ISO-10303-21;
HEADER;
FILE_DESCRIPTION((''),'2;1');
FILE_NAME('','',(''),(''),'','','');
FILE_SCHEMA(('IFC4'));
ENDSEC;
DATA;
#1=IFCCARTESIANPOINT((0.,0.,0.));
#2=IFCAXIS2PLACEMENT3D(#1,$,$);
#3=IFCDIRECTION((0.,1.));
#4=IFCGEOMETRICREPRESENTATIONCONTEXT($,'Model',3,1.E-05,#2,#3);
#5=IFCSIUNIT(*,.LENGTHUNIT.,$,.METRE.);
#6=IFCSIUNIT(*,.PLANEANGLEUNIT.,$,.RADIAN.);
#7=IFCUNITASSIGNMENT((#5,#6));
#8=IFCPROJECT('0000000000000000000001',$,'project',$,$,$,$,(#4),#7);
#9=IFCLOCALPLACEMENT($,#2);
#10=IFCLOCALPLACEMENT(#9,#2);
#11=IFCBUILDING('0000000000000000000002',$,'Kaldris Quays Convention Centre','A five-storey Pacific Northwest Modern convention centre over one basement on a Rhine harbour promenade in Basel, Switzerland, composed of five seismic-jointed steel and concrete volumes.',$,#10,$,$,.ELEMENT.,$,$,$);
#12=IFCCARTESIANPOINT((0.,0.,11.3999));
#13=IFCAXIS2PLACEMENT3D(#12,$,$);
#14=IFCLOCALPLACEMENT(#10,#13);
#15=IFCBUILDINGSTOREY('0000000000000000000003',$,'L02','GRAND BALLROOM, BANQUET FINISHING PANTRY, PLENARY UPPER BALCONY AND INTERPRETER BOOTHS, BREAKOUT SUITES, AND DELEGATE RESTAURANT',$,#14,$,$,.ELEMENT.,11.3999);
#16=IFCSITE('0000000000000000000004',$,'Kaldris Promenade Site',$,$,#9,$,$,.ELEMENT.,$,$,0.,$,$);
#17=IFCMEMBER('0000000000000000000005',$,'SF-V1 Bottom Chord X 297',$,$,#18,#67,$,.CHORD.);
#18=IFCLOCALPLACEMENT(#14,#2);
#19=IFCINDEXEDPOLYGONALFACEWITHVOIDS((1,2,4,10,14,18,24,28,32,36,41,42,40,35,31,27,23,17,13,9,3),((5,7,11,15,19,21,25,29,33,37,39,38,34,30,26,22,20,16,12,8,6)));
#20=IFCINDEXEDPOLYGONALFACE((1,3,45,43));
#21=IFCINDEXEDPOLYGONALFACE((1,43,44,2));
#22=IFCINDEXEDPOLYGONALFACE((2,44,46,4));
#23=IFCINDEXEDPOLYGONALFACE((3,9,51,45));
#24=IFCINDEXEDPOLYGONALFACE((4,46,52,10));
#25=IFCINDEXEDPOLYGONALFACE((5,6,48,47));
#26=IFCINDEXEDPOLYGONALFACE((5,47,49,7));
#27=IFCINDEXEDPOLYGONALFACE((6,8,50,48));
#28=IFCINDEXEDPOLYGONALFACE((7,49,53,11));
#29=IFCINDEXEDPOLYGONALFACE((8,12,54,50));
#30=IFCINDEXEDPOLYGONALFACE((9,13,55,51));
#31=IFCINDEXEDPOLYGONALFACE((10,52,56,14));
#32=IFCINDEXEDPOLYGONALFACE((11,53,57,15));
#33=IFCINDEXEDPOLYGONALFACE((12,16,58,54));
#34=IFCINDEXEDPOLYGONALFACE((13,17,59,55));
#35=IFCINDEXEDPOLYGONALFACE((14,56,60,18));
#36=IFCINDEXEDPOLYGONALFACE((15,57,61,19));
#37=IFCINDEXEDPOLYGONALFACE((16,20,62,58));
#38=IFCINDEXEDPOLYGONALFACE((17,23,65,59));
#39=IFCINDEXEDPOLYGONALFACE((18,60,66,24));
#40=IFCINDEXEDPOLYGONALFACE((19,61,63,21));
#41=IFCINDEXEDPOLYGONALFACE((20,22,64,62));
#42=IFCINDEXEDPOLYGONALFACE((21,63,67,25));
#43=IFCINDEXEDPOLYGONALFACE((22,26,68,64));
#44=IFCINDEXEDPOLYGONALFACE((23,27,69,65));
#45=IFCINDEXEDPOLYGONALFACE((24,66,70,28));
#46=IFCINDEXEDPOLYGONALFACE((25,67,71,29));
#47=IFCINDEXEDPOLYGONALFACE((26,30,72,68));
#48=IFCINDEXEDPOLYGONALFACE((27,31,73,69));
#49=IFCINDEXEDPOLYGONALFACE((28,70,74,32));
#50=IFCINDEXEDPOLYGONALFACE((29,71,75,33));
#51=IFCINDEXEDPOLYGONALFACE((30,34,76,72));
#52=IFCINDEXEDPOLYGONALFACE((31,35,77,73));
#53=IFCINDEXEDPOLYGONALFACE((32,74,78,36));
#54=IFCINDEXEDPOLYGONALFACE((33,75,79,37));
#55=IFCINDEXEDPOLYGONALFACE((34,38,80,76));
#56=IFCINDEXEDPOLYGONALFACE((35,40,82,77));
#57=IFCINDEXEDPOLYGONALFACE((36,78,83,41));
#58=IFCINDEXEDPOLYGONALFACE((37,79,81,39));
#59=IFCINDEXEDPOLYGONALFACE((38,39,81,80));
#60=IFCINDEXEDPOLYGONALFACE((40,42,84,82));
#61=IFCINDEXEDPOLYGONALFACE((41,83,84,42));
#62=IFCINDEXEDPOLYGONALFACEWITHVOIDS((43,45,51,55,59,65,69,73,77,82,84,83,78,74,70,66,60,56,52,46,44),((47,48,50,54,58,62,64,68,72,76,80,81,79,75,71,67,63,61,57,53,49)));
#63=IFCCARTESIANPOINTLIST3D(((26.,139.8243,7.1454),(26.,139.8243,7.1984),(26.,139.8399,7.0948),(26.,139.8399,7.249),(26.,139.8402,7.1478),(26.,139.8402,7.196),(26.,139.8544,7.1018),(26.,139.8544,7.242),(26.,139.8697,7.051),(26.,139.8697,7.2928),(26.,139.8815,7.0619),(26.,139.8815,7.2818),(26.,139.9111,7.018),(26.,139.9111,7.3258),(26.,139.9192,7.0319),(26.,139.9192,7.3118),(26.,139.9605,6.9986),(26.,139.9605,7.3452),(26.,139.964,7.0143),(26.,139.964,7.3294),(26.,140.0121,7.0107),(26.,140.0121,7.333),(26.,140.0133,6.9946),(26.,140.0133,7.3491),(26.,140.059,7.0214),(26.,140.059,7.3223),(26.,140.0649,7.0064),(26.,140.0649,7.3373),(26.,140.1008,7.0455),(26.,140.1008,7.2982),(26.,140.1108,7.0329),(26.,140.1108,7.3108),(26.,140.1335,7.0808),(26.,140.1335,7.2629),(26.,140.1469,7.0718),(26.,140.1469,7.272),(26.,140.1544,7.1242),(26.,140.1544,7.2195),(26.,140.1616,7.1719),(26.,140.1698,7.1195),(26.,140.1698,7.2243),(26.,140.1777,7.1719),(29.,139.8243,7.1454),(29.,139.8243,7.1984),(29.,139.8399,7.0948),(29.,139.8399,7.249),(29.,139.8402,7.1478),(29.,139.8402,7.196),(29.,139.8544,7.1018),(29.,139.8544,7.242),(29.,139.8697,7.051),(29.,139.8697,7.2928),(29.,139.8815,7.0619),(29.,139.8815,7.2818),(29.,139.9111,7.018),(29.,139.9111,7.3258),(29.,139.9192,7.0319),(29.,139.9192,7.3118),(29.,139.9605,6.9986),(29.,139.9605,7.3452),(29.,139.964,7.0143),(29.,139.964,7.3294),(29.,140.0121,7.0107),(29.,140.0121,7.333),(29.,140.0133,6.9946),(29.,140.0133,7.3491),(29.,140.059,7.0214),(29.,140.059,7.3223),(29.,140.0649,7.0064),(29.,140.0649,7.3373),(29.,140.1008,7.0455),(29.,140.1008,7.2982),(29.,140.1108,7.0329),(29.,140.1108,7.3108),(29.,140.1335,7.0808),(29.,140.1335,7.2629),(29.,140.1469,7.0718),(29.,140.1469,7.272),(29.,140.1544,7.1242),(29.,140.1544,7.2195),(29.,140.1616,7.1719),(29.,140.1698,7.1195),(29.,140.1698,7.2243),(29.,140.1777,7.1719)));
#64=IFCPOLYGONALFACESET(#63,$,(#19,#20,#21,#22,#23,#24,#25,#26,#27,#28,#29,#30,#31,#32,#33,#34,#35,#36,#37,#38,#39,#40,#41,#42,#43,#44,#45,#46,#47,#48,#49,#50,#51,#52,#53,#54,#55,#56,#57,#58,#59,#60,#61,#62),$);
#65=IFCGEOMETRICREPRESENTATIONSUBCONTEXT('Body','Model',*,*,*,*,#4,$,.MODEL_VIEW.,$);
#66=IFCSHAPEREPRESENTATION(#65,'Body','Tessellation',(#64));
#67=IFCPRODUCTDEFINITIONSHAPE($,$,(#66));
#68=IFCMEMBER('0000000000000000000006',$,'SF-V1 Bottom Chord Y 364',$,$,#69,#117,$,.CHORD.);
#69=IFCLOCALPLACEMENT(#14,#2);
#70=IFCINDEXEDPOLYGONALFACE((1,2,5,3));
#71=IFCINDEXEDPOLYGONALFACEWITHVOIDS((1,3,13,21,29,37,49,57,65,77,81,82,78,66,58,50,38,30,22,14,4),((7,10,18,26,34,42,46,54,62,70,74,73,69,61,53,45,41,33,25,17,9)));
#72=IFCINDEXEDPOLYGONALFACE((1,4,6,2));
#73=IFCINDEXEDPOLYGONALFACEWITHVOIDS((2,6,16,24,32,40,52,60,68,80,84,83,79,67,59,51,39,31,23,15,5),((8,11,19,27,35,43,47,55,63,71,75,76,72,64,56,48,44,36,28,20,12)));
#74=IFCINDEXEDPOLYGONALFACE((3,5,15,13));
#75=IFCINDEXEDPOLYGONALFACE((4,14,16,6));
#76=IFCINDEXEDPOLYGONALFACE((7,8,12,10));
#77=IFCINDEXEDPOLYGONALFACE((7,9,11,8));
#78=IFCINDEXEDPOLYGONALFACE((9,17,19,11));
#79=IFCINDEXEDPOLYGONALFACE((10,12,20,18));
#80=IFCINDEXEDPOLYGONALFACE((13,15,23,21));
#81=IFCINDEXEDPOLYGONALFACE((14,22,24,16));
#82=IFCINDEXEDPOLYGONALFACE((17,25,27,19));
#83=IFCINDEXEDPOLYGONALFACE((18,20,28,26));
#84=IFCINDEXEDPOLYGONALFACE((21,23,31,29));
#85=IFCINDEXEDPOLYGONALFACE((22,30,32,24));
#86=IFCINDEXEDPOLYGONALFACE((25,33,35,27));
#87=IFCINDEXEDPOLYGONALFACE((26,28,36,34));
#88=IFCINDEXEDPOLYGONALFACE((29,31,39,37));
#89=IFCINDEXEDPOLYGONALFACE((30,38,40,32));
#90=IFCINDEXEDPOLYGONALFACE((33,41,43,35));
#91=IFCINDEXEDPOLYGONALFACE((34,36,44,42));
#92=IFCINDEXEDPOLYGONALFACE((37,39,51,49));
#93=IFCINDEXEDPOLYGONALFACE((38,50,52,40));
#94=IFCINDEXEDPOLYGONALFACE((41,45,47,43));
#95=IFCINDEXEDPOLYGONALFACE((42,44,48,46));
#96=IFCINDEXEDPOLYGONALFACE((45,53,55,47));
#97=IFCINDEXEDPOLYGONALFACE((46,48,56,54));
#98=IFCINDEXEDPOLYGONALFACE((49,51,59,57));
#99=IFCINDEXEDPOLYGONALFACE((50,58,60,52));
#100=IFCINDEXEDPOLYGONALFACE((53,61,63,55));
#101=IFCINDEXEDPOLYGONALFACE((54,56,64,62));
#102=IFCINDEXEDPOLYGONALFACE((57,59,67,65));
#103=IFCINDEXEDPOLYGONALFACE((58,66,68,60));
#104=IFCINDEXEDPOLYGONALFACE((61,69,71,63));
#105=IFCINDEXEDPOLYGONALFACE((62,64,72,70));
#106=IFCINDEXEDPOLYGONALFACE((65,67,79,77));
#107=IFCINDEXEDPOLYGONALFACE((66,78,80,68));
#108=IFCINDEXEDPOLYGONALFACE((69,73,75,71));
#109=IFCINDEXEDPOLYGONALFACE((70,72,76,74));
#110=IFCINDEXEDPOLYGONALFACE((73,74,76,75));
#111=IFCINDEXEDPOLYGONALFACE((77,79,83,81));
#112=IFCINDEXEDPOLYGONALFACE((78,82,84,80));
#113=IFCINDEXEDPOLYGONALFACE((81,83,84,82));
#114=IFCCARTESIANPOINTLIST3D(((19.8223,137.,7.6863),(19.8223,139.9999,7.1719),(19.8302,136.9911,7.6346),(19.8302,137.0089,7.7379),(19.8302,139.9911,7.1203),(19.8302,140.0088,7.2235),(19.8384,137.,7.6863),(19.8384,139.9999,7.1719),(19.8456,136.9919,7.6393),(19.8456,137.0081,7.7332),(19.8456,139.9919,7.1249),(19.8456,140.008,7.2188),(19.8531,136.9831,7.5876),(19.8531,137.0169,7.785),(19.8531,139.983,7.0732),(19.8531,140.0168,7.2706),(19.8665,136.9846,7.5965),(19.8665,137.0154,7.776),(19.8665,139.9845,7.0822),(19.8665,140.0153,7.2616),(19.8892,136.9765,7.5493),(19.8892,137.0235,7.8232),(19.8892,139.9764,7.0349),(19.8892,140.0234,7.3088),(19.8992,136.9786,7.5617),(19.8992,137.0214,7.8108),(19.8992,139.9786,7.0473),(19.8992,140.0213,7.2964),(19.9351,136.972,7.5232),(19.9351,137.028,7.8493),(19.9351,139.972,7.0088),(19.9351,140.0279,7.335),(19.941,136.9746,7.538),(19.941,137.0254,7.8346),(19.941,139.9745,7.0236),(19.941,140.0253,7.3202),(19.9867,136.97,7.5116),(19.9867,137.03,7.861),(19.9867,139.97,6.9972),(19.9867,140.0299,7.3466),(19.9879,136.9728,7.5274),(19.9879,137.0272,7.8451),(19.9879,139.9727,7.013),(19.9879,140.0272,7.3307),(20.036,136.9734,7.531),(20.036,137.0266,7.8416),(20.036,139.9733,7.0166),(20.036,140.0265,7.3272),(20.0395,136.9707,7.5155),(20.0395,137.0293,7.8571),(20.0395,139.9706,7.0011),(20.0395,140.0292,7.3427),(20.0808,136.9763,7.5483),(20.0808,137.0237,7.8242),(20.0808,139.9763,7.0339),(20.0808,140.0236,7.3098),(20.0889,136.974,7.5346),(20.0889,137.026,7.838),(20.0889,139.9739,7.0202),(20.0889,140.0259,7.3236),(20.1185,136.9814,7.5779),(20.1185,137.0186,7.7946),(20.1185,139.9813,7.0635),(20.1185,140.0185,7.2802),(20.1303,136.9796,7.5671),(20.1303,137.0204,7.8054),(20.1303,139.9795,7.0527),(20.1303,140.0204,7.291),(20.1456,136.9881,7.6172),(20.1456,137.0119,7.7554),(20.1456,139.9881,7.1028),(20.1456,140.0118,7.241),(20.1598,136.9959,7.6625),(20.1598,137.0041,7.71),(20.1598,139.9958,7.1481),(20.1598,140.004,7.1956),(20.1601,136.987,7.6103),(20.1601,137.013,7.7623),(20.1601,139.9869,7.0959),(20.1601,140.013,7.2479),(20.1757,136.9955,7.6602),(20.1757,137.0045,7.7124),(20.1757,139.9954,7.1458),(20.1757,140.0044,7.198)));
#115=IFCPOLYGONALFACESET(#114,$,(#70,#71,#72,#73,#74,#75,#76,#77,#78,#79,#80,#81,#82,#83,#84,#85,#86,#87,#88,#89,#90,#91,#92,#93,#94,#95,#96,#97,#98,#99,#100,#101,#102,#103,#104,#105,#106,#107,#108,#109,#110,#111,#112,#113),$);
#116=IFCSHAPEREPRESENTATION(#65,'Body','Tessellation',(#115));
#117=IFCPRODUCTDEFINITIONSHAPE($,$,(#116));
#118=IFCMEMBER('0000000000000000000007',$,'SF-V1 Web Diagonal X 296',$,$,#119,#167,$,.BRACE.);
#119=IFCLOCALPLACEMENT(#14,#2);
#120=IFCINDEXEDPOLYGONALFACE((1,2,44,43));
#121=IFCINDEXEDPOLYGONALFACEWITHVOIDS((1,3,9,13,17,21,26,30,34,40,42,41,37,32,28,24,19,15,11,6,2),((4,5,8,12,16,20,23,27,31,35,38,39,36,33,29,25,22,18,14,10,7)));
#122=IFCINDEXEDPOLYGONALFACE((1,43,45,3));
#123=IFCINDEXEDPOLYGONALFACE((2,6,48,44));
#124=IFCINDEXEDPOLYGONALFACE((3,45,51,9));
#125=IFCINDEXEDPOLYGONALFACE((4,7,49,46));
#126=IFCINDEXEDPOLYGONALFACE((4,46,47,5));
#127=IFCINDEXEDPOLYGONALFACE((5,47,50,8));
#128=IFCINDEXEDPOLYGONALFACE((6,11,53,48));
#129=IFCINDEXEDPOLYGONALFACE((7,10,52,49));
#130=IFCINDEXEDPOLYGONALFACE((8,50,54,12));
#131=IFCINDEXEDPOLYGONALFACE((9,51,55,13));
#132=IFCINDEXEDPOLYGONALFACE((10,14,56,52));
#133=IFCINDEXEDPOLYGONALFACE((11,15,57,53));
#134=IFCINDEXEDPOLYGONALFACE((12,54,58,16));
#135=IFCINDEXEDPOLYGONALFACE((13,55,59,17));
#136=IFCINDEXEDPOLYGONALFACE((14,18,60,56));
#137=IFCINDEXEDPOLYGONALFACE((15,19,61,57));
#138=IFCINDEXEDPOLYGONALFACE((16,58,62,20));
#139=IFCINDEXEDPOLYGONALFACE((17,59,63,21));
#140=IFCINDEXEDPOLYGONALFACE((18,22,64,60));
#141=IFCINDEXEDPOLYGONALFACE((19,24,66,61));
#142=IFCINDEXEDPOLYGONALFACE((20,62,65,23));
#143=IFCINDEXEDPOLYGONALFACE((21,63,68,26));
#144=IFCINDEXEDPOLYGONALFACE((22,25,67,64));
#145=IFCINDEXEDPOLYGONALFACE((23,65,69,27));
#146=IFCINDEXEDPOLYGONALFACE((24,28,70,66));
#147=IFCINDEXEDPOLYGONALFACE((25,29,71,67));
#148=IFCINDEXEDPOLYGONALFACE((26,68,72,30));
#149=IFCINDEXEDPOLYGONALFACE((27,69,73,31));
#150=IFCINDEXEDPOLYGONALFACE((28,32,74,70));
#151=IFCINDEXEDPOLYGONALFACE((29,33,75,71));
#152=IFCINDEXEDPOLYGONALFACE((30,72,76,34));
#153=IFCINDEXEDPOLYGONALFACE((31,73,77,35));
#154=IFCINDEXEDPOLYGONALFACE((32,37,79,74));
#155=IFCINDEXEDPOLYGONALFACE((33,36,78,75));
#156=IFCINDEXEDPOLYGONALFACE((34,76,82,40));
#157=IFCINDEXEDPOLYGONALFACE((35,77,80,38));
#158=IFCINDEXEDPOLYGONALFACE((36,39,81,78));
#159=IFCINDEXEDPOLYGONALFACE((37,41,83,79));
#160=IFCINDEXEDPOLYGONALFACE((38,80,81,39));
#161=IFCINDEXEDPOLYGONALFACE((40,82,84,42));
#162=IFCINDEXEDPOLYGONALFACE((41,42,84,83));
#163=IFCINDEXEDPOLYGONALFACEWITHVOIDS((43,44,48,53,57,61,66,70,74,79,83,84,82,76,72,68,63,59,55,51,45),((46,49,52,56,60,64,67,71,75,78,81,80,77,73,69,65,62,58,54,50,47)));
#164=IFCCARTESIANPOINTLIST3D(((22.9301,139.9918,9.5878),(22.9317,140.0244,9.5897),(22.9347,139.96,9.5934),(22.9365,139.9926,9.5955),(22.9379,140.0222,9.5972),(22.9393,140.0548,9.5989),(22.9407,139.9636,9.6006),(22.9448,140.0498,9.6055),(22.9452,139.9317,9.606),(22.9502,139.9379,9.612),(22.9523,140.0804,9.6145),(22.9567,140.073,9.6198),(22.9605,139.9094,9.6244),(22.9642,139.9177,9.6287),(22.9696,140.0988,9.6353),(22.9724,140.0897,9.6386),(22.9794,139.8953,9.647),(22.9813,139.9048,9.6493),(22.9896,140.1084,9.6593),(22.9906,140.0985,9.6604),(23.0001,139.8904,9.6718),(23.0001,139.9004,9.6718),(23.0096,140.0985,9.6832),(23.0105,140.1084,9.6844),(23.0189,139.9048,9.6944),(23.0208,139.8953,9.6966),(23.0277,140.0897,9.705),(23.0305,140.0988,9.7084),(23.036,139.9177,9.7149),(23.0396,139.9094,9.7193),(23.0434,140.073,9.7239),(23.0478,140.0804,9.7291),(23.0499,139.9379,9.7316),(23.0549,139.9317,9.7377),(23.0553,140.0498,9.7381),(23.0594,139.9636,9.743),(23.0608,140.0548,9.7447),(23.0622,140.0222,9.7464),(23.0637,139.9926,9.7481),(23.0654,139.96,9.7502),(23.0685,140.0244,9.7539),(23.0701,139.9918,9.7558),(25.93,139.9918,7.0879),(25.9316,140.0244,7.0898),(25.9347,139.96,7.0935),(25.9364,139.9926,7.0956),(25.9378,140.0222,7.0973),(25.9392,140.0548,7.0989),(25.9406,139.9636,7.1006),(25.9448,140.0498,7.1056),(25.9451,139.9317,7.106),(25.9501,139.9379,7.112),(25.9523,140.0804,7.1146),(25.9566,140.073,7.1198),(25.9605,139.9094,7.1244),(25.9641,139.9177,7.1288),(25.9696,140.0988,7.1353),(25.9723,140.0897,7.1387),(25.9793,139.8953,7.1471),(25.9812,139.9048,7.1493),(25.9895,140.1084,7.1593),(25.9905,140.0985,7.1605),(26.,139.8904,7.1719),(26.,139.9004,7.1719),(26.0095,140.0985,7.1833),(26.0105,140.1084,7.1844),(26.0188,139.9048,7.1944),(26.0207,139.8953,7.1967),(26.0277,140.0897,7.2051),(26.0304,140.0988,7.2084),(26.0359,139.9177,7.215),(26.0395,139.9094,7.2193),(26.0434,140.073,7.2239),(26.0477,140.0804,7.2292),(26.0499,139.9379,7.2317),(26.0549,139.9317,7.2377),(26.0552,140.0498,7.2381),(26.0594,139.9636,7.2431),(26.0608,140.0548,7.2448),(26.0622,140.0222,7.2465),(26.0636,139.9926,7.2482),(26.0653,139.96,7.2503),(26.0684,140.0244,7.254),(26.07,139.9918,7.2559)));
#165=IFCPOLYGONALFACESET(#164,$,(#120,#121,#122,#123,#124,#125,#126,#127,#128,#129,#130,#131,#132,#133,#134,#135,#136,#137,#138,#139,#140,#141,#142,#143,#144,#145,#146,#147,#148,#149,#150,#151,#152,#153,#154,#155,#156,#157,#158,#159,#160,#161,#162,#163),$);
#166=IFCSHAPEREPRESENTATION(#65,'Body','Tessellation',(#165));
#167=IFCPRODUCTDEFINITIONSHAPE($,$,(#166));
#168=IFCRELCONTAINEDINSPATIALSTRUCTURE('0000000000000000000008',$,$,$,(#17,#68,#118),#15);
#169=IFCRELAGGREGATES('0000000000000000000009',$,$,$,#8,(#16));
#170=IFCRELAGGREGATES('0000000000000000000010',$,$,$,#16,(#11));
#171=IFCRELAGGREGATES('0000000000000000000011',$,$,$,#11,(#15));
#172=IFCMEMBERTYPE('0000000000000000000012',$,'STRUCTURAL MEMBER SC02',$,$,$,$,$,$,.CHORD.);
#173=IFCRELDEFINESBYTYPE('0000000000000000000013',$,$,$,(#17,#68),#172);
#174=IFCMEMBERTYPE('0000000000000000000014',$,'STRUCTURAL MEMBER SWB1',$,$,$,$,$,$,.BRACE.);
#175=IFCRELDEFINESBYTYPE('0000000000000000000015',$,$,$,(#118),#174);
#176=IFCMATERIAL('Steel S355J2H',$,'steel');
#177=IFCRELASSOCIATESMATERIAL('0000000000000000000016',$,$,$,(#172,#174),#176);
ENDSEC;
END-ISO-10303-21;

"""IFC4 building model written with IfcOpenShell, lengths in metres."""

from ifc_helpers import new_model, si_unit, direction, frame, origin, origin_2d, place, context, subcontext, project, spatial, hollow_circle, extrude, material, material_profile, profile_set, type_object, element, save


model = new_model("IFC4")

# Units and contexts
model_context = context("Model", 3, precision=1e-05, world=origin(), true_north=direction((0.0, 1.0)))
body_context = subcontext(model_context, "Body", "Model", "MODEL_VIEW")
ifc_project = project(units=[si_unit("LENGTHUNIT", "METRE"), si_unit("PLANEANGLEUNIT", "RADIAN")], contexts=[model_context])

# Site, building, storey
site_placement = place(None, origin())
site = spatial("IfcSite", under=ifc_project, at=site_placement, Name="Kaldris Promenade Site", CompositionType="ELEMENT", RefElevation=0.0)
building_placement = place(site_placement, origin())
building = spatial("IfcBuilding", under=site, at=building_placement, Name="Kaldris Quays Convention Centre", Description="A five-storey Pacific Northwest Modern convention centre over one basement on a Rhine harbour promenade in Basel, Switzerland, composed of five seismic-jointed steel and concrete volumes.", CompositionType="ELEMENT")
storey_placement = place(building_placement, frame((0.0, 0.0, 11.3999)))
storey = spatial("IfcBuildingStorey", under=building, at=storey_placement, Name="L02", Description="GRAND BALLROOM, BANQUET FINISHING PANTRY, PLENARY UPPER BALCONY AND INTERPRETER BOOTHS, BREAKOUT SUITES, AND DELEGATE RESTAURANT", CompositionType="ELEMENT", Elevation=11.3999)

# Members
ifc_material_1 = material(Name="Steel S355J2H", Category="steel")
ifc_material_profile_1 = material_profile(ifc_material_1, hollow_circle(Radius=0.1777, WallThickness=0.0161, at=origin_2d()), Name="CHS 355.6x16")
ifc_profile_set_1 = profile_set([ifc_material_profile_1], Name="Steel S355J2H")
member_type_1 = type_object("IfcMemberType", Name="STRUCTURAL MEMBER SC02", PredefinedType="CHORD", material=ifc_profile_set_1)
for number, where, z_axis, x_axis, name in (
    (1, (26.0, 140.0, 7.1719), (1.0, 0.0, 0.0), (0.0, 1.0, 0.0), "SF-V1 Bottom Chord X 297"),
):
    element("IfcMember", number, at=place(storey_placement, frame(where, z_axis=z_axis, x_axis=x_axis)), inside=storey, type_object=member_type_1, Name=name, PredefinedType="CHORD", context=body_context, shape_type="SweptSolid", body=[
        extrude(hollow_circle(Radius=0.1777, WallThickness=0.0161, at=origin_2d()), origin(), (0.0, 0.0, 1.0), 3.0),
    ])
member_1_placement = place(storey_placement, frame((20.0, 137.0, 7.6863), z_axis=(0.0, 0.985616, -0.169002), x_axis=(-1.0, 0.0, 0.0)))
element("IfcMember", 2, at=member_1_placement, inside=storey, type_object=member_type_1, Name="SF-V1 Bottom Chord Y 364", PredefinedType="CHORD", context=body_context, shape_type="SweptSolid", body=[
    extrude(hollow_circle(Radius=0.1777, WallThickness=0.0161, at=origin_2d()), origin(), (0.0, 0.0, 1.0), 3.0437),
])
ifc_material_profile_2 = material_profile(ifc_material_1, hollow_circle(Radius=0.1096, WallThickness=0.01, at=origin_2d()), Name="CHS 219.1x10")
ifc_profile_set_2 = profile_set([ifc_material_profile_2], Name="Steel S355J2H")
member_type_2 = type_object("IfcMemberType", Name="STRUCTURAL MEMBER SWB1", PredefinedType="BRACE", material=ifc_profile_set_2)
for number, where, z_axis, x_axis, name in (
    (3, (26.0, 140.0, 7.1719), (-0.768221, 0.0, 0.640184), (0.0, -1.0, 0.0), "SF-V1 Web Diagonal X 296"),
):
    element("IfcMember", number, at=place(storey_placement, frame(where, z_axis=z_axis, x_axis=x_axis)), inside=storey, type_object=member_type_2, Name=name, PredefinedType="BRACE", context=body_context, shape_type="SweptSolid", body=[
        extrude(hollow_circle(Radius=0.1096, WallThickness=0.01, at=origin_2d()), origin(), (0.0, 0.0, 1.0), 3.905),
    ])

save(model, "model.ifc")
